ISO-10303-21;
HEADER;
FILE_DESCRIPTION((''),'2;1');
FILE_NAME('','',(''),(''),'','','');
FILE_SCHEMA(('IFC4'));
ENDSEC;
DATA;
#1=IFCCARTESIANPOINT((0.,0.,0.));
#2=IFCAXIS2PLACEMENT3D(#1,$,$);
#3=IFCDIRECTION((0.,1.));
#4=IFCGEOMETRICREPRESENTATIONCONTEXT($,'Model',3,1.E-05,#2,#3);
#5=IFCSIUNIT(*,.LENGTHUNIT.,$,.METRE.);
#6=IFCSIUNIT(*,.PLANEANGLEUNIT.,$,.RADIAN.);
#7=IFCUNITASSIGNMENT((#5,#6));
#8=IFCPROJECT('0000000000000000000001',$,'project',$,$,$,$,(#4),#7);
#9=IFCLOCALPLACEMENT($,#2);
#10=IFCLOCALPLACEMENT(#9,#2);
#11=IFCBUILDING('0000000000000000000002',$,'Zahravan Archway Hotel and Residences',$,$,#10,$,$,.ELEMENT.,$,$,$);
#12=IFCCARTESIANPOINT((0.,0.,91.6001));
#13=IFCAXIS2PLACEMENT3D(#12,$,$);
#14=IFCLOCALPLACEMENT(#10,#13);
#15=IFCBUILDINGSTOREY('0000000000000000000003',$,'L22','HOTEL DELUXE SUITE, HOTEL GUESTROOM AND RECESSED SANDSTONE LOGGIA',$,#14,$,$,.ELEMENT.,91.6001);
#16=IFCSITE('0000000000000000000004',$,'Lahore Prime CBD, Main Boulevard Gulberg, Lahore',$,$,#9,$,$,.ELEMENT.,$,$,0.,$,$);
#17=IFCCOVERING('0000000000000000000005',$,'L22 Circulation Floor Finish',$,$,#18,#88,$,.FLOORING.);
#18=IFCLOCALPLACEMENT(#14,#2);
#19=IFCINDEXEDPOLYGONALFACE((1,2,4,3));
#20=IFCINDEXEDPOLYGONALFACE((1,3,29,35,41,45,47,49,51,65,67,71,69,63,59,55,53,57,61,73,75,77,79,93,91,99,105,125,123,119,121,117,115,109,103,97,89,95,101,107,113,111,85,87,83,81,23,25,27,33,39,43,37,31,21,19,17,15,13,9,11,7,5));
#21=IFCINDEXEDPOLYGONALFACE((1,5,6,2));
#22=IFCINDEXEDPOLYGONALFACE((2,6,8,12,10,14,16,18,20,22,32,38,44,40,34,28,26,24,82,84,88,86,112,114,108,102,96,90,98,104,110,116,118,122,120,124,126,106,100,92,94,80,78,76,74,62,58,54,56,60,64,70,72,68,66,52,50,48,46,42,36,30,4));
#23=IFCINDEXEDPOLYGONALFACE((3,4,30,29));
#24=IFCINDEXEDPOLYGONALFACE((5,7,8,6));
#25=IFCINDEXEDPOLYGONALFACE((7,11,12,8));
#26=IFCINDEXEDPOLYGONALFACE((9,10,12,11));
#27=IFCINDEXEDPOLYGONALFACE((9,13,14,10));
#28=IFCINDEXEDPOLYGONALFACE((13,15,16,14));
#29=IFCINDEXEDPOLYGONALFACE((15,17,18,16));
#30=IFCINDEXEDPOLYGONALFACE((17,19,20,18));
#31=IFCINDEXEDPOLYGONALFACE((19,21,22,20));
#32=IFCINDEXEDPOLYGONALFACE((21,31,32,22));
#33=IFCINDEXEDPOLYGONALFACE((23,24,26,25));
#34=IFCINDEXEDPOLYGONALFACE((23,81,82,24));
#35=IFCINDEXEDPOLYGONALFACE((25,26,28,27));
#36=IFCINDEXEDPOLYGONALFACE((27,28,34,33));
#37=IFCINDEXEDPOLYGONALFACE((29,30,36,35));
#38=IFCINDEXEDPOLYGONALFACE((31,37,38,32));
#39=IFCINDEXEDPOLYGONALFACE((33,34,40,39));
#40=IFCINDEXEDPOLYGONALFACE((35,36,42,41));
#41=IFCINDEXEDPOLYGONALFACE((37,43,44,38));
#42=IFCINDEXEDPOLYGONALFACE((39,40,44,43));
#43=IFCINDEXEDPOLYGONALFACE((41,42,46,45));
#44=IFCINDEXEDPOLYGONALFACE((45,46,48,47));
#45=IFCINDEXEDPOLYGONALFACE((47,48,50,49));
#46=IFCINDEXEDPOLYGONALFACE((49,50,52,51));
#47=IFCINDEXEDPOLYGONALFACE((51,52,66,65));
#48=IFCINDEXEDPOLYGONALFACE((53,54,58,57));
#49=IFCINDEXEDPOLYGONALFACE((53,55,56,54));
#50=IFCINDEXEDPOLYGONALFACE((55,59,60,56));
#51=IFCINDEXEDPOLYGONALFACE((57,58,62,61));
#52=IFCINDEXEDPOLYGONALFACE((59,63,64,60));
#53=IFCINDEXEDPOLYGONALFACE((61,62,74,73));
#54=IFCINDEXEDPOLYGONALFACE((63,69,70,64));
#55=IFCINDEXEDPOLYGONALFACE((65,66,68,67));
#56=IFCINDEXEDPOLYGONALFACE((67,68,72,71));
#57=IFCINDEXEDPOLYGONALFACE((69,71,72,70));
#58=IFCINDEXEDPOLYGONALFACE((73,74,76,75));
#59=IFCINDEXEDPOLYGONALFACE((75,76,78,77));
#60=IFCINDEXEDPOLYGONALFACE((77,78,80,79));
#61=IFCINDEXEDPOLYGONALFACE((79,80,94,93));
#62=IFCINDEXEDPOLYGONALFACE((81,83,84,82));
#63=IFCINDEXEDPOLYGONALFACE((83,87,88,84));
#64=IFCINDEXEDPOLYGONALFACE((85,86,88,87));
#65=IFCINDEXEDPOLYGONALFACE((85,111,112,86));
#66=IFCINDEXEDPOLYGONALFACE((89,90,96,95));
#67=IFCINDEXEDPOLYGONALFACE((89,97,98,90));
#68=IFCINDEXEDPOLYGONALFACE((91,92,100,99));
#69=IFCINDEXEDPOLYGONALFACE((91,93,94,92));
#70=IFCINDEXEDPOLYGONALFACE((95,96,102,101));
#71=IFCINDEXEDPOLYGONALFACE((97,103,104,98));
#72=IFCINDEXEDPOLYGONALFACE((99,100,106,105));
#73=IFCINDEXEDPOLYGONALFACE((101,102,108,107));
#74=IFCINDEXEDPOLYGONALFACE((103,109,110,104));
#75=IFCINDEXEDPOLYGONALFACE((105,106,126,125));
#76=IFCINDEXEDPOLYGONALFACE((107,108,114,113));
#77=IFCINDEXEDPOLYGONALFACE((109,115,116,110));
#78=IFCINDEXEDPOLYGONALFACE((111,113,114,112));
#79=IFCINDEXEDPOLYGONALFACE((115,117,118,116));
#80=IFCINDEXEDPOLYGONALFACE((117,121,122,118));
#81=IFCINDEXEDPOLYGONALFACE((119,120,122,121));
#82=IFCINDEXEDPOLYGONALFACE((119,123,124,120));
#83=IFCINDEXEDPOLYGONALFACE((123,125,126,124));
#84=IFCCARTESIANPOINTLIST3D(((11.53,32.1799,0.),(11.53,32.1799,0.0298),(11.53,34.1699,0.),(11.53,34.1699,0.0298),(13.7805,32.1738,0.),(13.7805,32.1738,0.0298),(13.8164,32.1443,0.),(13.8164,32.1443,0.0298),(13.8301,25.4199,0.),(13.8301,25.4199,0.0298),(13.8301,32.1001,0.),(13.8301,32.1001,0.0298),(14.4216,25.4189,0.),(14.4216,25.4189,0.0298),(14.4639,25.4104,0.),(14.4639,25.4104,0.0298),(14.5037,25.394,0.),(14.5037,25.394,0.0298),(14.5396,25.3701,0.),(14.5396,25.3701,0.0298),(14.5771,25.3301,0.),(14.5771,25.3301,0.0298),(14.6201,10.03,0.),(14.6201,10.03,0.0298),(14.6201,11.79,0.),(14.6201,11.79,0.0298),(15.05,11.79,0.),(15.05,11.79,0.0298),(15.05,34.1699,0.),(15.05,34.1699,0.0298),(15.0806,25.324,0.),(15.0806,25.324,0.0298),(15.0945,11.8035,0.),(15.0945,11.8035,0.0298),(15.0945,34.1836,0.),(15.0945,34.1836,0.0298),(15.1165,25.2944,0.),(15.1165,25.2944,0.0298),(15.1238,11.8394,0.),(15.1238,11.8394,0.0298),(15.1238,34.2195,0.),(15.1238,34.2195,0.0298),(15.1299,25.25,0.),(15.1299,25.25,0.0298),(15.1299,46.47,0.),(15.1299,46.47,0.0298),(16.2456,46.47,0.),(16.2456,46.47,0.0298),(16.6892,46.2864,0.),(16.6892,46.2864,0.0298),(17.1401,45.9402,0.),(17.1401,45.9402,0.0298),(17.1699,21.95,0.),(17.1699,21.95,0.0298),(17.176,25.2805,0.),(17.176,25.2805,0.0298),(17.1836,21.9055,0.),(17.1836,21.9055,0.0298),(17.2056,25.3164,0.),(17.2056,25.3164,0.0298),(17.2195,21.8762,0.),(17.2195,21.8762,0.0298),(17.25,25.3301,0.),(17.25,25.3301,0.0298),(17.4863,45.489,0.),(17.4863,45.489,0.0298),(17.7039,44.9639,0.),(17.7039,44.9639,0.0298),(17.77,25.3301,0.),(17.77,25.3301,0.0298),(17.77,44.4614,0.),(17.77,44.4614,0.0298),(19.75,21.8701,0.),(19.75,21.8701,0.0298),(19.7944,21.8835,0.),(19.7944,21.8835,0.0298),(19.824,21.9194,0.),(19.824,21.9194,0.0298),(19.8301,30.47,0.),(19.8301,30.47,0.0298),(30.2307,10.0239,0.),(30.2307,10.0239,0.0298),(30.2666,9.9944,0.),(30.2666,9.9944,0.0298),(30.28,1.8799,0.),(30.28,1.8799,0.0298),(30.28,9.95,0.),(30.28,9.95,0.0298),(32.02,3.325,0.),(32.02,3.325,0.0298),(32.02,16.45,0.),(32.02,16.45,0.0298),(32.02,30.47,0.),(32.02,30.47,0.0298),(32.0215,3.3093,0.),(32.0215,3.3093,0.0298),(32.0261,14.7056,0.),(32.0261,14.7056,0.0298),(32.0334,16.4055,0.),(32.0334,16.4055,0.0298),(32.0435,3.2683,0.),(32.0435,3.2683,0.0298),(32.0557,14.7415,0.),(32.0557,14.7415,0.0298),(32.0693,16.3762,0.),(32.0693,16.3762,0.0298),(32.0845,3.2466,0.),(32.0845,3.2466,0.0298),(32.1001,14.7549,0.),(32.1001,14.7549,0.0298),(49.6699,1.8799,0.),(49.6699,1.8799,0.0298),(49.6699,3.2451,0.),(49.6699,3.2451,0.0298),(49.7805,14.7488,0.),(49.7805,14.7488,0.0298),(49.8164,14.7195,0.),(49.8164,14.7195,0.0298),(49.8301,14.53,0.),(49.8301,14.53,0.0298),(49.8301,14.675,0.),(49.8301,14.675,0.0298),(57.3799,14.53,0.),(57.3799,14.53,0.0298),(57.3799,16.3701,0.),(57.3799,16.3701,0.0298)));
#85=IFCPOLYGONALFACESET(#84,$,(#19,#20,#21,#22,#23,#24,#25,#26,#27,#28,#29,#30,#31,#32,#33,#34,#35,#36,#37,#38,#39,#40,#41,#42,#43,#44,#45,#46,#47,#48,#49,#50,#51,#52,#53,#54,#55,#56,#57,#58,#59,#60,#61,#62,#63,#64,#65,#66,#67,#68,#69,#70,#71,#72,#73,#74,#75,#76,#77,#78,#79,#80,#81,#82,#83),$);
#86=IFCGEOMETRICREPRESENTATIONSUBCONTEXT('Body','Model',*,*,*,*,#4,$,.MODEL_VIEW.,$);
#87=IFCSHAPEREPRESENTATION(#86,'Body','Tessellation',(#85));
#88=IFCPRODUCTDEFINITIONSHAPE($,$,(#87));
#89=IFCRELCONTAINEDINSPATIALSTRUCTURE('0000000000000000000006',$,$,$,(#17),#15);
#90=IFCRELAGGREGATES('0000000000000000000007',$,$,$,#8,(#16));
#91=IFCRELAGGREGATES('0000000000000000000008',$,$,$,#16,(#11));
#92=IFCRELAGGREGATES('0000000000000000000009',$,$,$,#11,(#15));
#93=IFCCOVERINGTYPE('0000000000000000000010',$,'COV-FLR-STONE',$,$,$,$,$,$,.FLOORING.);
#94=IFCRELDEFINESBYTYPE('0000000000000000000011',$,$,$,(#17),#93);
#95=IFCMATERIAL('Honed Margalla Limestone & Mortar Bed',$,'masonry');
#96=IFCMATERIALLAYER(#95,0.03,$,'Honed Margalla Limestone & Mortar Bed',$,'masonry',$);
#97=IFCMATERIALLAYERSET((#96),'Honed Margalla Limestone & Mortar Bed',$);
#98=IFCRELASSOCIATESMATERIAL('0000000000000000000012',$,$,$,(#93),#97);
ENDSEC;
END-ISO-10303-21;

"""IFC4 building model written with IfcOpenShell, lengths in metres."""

from ifc_helpers import new_model, si_unit, direction, frame, origin, place, context, subcontext, project, spatial, polyline, outline, extrude, material, layer, layer_set, type_object, element, save


model = new_model("IFC4")

# Units and contexts
model_context = context("Model", 3, precision=1e-05, world=origin(), true_north=direction((0.0, 1.0)))
body_context = subcontext(model_context, "Body", "Model", "MODEL_VIEW")
ifc_project = project(units=[si_unit("LENGTHUNIT", "METRE"), si_unit("PLANEANGLEUNIT", "RADIAN")], contexts=[model_context])

# Site, building, storey
site_placement = place(None, origin())
site = spatial("IfcSite", under=ifc_project, at=site_placement, Name="Lahore Prime CBD, Main Boulevard Gulberg, Lahore", CompositionType="ELEMENT", RefElevation=0.0)
building_placement = place(site_placement, origin())
building = spatial("IfcBuilding", under=site, at=building_placement, Name="Zahravan Archway Hotel and Residences", CompositionType="ELEMENT")
storey_placement = place(building_placement, frame((0.0, 0.0, 91.6001)))
storey = spatial("IfcBuildingStorey", under=building, at=storey_placement, Name="L22", Description="HOTEL DELUXE SUITE, HOTEL GUESTROOM AND RECESSED SANDSTONE LOGGIA", CompositionType="ELEMENT", Elevation=91.6001)

# Covering
ifc_material_1 = material(Name="Honed Margalla Limestone & Mortar Bed", Category="masonry")
ifc_layer_1 = layer(ifc_material_1, 0.03, Name="Honed Margalla Limestone & Mortar Bed", Category="masonry")
ifc_layer_set_1 = layer_set([ifc_layer_1], Name="Honed Margalla Limestone & Mortar Bed")
covering_type_1 = type_object("IfcCoveringType", Name="COV-FLR-STONE", PredefinedType="FLOORING", material=ifc_layer_set_1)
covering_1_placement = place(storey_placement, origin())
element("IfcCovering", 1, at=covering_1_placement, inside=storey, type_object=covering_type_1, Name="L22 Circulation Floor Finish", PredefinedType="FLOORING", context=body_context, shape_type="SweptSolid", body=[
    extrude(outline(polyline([(32.0215, 3.3093), (32.0435, 3.2683), (32.0845, 3.2466), (49.6699, 3.2451), (49.6699, 1.8799), (30.28, 1.8799), (30.28, 9.95), (30.2666, 9.9944), (30.2307, 10.0239), (14.6201, 10.03), (14.6201, 11.79), (15.05, 11.79), (15.0945, 11.8035), (15.1238, 11.8394), (15.1299, 25.25), (15.1165, 25.2944), (15.0806, 25.324), (14.5771, 25.3301), (14.5396, 25.3701), (14.5037, 25.394), (14.4639, 25.4104), (14.4216, 25.4189), (13.8301, 25.4199), (13.8301, 32.1001), (13.8164, 32.1443), (13.7805, 32.1738), (11.53, 32.1799), (11.53, 34.1699), (15.05, 34.1699), (15.0945, 34.1836), (15.1238, 34.2195), (15.1299, 46.47), (16.2456, 46.47), (16.6892, 46.2864), (17.1401, 45.9402), (17.4863, 45.489), (17.7039, 44.9639), (17.77, 44.4614), (17.77, 25.3301), (17.25, 25.3301), (17.2056, 25.3164), (17.176, 25.2805), (17.1699, 21.95), (17.1836, 21.9055), (17.2195, 21.8762), (19.75, 21.8701), (19.7944, 21.8835), (19.824, 21.9194), (19.8301, 30.47), (32.02, 30.47), (32.02, 16.45), (32.0334, 16.4055), (32.0693, 16.3762), (57.3799, 16.3701), (57.3799, 14.53), (49.8301, 14.53), (49.8301, 14.675), (49.8164, 14.7195), (49.7805, 14.7488), (32.1001, 14.7549), (32.0557, 14.7415), (32.0261, 14.7056), (32.02, 3.325), (32.0215, 3.3093)])), origin(), (0.0, 0.0, 1.0), 0.0298),
])

save(model, "model.ifc")
